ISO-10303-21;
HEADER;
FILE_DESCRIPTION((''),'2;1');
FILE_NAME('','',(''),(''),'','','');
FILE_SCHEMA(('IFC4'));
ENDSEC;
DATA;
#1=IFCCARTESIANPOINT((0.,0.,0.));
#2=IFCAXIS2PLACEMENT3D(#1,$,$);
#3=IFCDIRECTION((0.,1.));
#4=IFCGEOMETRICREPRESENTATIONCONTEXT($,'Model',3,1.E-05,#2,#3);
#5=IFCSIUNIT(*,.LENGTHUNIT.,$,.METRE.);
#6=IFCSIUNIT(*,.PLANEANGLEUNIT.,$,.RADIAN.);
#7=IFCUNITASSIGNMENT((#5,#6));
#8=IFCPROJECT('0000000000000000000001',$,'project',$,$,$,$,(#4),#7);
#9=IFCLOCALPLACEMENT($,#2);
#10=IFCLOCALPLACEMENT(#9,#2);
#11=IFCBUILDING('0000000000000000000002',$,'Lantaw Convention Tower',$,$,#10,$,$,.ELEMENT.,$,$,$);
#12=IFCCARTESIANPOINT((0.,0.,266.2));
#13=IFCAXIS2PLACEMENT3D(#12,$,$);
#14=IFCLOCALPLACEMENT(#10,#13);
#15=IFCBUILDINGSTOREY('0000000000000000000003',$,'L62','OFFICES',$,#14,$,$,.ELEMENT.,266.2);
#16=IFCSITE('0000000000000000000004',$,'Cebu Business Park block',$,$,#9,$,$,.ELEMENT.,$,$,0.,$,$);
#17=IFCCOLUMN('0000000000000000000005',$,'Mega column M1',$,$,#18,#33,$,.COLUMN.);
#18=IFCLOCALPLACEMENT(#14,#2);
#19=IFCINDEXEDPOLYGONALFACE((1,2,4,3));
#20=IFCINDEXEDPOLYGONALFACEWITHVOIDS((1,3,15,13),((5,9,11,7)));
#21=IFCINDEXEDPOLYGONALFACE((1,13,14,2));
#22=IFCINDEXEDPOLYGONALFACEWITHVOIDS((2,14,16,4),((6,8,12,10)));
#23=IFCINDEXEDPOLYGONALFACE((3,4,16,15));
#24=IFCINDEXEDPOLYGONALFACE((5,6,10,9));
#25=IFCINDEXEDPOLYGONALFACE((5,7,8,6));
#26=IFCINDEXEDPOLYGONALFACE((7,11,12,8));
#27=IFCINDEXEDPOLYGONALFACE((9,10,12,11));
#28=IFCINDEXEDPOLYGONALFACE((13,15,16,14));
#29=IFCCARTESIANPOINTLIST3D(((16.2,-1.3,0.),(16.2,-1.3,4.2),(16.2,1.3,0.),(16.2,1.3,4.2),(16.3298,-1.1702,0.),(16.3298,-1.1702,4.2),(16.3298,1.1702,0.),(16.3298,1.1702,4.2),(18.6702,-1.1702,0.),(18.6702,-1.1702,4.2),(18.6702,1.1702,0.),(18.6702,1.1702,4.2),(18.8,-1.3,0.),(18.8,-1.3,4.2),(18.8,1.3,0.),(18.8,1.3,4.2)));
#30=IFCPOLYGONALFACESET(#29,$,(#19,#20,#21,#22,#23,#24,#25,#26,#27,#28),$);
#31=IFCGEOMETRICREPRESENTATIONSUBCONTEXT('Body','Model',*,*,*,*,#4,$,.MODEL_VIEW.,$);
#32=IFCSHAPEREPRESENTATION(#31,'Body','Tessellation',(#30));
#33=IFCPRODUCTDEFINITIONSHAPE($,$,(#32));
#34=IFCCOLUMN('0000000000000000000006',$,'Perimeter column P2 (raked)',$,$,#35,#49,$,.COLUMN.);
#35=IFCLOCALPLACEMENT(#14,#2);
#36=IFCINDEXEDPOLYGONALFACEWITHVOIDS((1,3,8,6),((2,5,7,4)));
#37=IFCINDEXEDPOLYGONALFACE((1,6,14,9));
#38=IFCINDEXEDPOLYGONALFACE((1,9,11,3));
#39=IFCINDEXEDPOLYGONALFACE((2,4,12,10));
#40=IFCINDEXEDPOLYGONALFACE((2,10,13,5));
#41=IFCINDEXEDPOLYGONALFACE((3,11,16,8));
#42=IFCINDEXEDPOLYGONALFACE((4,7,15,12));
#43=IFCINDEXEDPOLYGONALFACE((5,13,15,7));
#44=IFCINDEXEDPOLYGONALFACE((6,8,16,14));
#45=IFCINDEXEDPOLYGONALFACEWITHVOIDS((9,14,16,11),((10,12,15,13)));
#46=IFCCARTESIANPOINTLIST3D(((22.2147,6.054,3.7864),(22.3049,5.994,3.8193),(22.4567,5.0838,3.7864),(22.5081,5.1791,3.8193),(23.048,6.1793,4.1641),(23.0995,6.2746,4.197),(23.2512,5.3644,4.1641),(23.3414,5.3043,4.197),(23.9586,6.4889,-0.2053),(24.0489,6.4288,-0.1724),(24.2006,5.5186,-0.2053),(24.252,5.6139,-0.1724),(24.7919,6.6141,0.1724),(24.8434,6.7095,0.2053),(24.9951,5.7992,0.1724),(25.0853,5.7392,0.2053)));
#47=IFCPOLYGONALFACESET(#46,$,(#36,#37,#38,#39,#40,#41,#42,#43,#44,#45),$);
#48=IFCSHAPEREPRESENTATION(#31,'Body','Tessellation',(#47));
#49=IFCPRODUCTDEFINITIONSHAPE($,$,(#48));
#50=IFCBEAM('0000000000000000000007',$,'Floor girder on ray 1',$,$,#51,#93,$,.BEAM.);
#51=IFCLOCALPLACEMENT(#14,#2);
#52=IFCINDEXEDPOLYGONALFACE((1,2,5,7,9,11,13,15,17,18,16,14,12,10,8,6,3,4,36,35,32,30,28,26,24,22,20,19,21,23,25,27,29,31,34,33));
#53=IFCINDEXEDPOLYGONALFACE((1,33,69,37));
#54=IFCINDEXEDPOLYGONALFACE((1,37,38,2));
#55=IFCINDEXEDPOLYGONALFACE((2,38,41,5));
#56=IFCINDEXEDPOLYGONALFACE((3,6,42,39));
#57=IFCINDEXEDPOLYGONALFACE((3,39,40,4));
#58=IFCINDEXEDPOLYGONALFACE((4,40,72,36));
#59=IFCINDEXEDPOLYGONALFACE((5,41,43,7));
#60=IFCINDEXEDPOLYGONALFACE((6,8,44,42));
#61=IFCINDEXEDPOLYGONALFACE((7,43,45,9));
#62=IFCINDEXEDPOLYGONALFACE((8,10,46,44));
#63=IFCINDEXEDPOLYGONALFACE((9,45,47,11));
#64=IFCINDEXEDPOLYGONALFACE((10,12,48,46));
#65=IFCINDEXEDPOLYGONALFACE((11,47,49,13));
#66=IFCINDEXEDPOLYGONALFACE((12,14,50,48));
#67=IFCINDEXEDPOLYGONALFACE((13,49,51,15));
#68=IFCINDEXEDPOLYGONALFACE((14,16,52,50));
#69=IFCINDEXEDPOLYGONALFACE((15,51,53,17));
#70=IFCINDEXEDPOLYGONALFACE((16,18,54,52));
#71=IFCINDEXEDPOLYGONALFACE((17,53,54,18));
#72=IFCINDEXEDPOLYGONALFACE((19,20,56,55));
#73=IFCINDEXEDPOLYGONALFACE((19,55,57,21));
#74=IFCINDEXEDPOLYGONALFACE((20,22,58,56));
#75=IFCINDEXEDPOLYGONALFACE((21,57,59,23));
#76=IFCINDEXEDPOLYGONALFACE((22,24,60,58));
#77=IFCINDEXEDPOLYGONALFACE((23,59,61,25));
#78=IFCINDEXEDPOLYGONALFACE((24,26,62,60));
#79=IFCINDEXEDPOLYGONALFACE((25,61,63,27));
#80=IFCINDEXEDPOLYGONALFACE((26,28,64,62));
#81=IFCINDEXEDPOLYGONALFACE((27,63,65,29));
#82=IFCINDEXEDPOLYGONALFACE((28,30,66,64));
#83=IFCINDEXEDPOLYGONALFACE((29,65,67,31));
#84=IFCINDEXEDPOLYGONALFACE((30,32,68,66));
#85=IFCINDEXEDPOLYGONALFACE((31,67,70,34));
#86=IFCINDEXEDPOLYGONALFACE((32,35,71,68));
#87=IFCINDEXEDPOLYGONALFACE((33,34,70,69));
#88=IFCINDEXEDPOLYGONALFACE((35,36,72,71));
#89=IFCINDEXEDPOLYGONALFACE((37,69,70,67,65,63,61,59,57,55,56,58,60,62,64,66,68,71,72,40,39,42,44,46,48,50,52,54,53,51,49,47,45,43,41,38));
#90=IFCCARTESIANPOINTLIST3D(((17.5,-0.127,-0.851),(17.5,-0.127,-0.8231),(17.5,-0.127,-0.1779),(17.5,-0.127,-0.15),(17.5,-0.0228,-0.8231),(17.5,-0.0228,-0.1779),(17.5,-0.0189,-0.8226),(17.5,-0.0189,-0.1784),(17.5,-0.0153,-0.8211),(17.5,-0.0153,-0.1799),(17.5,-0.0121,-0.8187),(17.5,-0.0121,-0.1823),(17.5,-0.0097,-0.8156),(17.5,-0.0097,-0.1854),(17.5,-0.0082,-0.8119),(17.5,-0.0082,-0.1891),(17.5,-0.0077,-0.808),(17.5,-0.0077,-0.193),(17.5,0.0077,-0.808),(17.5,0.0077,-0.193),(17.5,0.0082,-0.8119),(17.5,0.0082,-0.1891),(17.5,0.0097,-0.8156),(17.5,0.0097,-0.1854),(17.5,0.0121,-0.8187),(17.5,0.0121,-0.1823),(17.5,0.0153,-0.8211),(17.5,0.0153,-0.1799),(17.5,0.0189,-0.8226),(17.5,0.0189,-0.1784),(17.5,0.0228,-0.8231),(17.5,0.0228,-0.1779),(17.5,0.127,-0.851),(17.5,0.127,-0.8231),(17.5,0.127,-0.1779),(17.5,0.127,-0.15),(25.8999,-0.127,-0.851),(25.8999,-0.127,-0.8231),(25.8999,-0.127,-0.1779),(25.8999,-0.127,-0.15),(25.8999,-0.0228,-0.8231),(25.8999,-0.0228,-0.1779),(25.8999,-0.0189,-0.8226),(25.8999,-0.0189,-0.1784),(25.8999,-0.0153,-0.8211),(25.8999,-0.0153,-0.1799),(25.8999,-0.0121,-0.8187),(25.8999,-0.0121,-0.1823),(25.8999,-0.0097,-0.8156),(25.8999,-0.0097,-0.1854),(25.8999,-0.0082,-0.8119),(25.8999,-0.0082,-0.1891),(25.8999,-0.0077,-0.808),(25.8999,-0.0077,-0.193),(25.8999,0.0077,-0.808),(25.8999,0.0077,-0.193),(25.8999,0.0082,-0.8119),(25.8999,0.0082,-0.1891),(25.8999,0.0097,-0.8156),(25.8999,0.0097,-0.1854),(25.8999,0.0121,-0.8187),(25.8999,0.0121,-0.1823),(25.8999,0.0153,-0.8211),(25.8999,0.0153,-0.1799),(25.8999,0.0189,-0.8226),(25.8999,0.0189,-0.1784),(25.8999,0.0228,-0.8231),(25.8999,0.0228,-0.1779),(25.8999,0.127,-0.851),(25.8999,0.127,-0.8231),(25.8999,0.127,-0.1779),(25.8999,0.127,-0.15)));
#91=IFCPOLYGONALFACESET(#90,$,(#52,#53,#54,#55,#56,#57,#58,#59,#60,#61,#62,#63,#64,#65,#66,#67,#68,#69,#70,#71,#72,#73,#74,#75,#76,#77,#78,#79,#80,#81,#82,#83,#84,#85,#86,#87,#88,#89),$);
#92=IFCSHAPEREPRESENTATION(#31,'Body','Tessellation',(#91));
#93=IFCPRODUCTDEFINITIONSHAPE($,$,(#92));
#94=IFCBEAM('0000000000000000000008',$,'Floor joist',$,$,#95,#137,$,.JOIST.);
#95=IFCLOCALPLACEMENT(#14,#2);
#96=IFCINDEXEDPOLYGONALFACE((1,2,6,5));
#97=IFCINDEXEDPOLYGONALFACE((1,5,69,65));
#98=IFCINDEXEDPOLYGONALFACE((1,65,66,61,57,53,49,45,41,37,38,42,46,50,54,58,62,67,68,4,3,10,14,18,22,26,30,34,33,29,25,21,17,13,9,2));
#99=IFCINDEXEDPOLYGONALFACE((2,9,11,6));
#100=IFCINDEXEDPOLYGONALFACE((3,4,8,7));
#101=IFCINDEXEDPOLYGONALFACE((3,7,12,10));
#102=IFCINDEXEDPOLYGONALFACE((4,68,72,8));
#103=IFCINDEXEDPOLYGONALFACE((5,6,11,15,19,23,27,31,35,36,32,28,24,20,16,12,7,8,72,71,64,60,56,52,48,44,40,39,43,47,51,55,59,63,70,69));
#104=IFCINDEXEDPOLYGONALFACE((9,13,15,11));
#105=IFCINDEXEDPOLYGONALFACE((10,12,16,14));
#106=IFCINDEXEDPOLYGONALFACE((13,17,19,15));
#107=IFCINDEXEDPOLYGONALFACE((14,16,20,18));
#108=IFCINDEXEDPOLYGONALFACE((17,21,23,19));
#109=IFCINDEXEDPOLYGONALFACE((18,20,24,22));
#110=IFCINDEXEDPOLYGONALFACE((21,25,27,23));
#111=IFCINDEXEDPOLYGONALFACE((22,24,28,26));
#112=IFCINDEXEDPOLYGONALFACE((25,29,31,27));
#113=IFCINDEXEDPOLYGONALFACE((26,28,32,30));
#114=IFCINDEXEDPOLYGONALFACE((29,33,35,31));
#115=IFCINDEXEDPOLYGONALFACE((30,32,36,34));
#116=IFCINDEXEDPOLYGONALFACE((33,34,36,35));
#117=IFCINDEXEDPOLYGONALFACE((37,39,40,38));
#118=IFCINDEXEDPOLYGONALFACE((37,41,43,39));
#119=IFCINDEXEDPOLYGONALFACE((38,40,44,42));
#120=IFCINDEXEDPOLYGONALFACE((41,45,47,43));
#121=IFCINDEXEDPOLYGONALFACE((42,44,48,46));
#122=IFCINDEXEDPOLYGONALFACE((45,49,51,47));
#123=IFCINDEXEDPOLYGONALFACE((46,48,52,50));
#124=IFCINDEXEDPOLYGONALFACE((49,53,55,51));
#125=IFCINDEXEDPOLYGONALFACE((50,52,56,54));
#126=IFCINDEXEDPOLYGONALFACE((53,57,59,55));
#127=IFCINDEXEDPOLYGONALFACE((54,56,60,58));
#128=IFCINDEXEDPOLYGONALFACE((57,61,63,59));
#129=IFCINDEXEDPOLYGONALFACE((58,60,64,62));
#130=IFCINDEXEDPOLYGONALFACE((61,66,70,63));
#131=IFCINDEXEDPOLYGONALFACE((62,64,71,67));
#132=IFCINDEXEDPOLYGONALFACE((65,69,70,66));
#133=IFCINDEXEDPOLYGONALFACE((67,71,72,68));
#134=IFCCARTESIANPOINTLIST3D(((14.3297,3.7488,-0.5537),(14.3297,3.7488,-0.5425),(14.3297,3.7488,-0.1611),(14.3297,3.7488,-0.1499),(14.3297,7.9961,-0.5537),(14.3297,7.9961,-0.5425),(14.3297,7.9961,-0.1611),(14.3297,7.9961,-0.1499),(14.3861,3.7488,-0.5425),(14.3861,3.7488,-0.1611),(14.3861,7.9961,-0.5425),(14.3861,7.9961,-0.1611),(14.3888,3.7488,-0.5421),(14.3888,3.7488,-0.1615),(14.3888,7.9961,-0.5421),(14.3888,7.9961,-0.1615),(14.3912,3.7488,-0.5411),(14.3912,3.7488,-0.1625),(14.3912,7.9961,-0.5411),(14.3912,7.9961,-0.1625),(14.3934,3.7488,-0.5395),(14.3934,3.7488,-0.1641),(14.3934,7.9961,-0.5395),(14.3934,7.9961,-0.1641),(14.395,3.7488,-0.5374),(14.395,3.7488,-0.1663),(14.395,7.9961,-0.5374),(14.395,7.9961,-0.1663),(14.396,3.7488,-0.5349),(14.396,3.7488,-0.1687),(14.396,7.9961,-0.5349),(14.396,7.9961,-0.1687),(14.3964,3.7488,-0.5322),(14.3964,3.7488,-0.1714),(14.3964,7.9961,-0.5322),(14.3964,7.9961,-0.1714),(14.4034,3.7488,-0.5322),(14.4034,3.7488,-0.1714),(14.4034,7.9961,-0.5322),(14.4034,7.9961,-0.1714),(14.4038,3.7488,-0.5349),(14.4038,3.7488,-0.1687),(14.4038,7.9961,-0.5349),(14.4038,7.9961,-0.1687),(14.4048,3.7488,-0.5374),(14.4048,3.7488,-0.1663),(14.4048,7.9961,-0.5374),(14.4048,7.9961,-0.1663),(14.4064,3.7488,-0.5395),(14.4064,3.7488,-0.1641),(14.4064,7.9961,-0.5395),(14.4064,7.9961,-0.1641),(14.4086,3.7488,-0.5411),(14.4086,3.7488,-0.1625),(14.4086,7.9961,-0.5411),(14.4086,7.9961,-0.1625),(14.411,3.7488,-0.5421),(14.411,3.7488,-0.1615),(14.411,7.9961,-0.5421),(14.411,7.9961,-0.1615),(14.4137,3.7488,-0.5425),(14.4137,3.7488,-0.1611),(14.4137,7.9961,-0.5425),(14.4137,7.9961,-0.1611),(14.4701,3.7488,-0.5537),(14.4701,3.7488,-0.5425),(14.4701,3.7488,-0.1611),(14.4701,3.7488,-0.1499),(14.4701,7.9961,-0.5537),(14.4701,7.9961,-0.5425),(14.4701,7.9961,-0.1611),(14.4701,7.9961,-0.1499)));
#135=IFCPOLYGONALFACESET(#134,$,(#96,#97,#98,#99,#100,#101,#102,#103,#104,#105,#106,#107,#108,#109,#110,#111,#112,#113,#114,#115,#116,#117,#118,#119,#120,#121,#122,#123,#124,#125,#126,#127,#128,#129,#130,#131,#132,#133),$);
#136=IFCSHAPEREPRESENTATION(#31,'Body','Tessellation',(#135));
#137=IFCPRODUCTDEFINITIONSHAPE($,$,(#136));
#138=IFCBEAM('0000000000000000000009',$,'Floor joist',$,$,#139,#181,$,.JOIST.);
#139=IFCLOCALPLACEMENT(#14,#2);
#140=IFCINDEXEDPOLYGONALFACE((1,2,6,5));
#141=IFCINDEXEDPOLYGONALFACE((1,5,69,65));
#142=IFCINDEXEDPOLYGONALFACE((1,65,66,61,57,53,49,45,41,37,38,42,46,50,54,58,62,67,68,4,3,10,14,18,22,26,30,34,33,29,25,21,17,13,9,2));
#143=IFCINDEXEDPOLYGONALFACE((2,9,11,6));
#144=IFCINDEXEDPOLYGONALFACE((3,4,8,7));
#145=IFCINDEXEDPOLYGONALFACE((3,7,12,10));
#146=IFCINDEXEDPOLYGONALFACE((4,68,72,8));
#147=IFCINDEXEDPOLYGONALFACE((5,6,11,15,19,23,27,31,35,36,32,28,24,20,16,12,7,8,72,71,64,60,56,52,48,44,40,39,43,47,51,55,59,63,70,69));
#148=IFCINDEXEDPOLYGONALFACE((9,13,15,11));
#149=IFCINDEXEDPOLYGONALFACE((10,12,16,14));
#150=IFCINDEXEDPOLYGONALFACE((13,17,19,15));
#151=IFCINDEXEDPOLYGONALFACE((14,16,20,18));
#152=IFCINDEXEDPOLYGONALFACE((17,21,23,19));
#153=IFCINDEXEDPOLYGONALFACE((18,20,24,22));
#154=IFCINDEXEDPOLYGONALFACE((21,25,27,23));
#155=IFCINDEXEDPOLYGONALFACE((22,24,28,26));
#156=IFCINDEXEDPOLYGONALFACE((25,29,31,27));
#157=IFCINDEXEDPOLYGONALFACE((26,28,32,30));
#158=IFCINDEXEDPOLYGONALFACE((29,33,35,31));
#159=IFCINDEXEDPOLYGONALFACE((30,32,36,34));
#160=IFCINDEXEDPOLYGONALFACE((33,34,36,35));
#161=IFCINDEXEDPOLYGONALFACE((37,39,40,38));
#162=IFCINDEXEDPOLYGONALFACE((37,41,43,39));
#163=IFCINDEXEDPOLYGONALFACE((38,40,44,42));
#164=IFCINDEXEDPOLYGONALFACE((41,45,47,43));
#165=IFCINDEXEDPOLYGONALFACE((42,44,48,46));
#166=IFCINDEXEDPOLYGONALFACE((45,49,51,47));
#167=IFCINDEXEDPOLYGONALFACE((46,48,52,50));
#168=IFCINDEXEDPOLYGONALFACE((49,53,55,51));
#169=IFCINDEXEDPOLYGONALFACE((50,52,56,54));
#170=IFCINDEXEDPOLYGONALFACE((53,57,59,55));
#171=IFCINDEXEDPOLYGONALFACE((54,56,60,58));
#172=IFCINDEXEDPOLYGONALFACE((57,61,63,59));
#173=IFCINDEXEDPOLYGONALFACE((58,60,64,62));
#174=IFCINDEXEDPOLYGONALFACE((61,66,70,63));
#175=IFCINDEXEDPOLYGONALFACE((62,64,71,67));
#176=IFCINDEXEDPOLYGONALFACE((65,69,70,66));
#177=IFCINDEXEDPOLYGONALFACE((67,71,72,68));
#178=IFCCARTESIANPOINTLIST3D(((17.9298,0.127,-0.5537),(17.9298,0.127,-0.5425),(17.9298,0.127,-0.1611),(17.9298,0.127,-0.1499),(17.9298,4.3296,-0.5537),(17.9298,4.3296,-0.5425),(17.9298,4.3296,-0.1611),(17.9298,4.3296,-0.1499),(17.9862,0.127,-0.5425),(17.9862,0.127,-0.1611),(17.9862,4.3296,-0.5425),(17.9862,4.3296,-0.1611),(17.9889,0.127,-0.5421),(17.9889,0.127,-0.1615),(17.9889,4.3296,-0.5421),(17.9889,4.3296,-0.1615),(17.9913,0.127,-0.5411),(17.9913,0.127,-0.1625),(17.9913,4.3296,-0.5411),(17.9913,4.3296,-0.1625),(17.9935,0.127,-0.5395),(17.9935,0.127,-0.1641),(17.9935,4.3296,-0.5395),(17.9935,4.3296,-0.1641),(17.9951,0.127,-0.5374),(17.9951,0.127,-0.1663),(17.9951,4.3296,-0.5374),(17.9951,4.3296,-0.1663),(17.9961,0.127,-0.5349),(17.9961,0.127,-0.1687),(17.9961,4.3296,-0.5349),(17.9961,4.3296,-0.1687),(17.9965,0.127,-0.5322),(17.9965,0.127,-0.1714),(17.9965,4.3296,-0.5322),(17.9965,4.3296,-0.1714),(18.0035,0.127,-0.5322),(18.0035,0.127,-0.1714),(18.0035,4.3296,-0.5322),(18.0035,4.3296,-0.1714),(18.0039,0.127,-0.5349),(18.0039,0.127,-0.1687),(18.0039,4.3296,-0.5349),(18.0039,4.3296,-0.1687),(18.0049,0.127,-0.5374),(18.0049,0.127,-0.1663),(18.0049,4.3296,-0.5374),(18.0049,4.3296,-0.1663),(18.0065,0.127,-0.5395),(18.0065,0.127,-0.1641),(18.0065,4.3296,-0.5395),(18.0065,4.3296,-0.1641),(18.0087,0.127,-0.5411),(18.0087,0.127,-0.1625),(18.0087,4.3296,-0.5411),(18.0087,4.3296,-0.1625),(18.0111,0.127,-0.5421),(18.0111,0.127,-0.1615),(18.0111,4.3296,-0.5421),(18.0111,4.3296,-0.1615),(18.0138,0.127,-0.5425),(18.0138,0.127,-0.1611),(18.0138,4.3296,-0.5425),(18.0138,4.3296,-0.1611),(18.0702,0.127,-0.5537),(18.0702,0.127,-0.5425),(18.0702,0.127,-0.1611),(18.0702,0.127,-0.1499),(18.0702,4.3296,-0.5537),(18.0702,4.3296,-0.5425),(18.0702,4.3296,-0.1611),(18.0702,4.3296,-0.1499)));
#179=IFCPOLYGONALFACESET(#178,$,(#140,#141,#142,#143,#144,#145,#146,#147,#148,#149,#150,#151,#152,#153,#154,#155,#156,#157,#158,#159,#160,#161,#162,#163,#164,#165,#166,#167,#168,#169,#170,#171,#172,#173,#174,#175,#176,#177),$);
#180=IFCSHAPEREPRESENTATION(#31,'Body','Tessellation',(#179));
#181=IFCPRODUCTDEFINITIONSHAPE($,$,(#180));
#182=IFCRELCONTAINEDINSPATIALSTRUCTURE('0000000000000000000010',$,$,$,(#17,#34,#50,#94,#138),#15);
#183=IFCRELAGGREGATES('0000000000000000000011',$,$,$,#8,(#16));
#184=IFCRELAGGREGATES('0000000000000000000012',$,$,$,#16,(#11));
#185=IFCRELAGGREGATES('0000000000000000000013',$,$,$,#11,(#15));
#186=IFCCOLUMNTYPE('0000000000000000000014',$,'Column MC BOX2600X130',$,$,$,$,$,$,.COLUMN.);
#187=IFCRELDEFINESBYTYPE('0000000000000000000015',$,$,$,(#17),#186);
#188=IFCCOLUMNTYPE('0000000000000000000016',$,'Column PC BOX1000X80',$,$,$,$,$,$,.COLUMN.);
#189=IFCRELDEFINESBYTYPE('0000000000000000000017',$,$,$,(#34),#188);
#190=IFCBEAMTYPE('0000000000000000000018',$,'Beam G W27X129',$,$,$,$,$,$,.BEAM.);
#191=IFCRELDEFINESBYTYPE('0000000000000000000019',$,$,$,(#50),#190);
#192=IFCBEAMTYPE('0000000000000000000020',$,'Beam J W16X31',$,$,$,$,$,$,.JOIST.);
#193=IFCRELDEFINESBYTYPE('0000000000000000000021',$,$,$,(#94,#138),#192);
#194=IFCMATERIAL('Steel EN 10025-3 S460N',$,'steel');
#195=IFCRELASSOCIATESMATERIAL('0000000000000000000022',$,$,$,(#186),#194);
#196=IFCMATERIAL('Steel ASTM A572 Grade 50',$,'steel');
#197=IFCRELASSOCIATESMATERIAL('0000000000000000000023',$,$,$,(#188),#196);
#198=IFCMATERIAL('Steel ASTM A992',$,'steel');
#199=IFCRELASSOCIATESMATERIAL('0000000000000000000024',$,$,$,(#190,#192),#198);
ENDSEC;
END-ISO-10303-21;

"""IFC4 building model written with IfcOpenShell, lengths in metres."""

from ifc_helpers import new_model, si_unit, direction, frame, origin, origin_2d, place, context, subcontext, project, spatial, rectangle, hollow_rectangle, i_section, extrude, material, material_profile, profile_set, type_object, element, save


model = new_model("IFC4")

# Units and contexts
model_context = context("Model", 3, precision=1e-05, world=origin(), true_north=direction((0.0, 1.0)))
body_context = subcontext(model_context, "Body", "Model", "MODEL_VIEW")
ifc_project = project(units=[si_unit("LENGTHUNIT", "METRE"), si_unit("PLANEANGLEUNIT", "RADIAN")], contexts=[model_context])

# Site, building, storey
site_placement = place(None, origin())
site = spatial("IfcSite", under=ifc_project, at=site_placement, Name="Cebu Business Park block", CompositionType="ELEMENT", RefElevation=0.0)
building_placement = place(site_placement, origin())
building = spatial("IfcBuilding", under=site, at=building_placement, Name="Lantaw Convention Tower", CompositionType="ELEMENT")
storey_placement = place(building_placement, frame((0.0, 0.0, 266.2)))
storey = spatial("IfcBuildingStorey", under=building, at=storey_placement, Name="L62", Description="OFFICES", CompositionType="ELEMENT", Elevation=266.2)

# Columns
ifc_material_1 = material(Name="Steel EN 10025-3 S460N", Category="steel")
ifc_material_profile_1 = material_profile(ifc_material_1, hollow_rectangle(XDim=2.6001, YDim=2.6001, WallThickness=0.1299, at=origin_2d()), Name="BOX2600X130")
ifc_material_2 = material(Name="Concrete C60/75", Category="concrete")
ifc_material_profile_2 = material_profile(ifc_material_2, rectangle(XDim=2.3401, YDim=2.3401, at=origin_2d()), Name="Concrete fill of BOX2600X130")
ifc_profile_set_1 = profile_set([ifc_material_profile_1, ifc_material_profile_2], Name="Steel EN 10025-3 S460N")
column_type_1 = type_object("IfcColumnType", Name="Column MC BOX2600X130", PredefinedType="COLUMN", material=ifc_profile_set_1)
column_1_placement = place(storey_placement, frame((17.5, 0.0, 0.0), z_axis=(0.0, 0.0, 1.0), x_axis=(1.0, 0.0, 0.0)))
element("IfcColumn", 1, at=column_1_placement, inside=storey, type_object=column_type_1, Name="Mega column M1", PredefinedType="COLUMN", context=body_context, shape_type="SweptSolid", body=[
    extrude(hollow_rectangle(XDim=2.6001, YDim=2.6001, WallThickness=0.1299, at=origin_2d()), origin(), (0.0, 0.0, 1.0), 4.2),
])
ifc_material_3 = material(Name="Steel ASTM A572 Grade 50", Category="steel")
ifc_material_profile_3 = material_profile(ifc_material_3, hollow_rectangle(XDim=1.0, YDim=1.0, WallThickness=0.0801, at=origin_2d()), Name="BOX1000X80")
ifc_material_profile_4 = material_profile(ifc_material_2, rectangle(XDim=0.8401, YDim=0.8401, at=origin_2d()), Name="Concrete fill of BOX1000X80")
ifc_profile_set_2 = profile_set([ifc_material_profile_3, ifc_material_profile_4], Name="Steel ASTM A572 Grade 50")
column_type_2 = type_object("IfcColumnType", Name="Column PC BOX1000X80", PredefinedType="COLUMN", material=ifc_profile_set_2)
column_2_placement = place(storey_placement, frame((24.522, 6.114, 0.0), z_axis=(-0.398363, -0.099326, 0.911834), x_axis=(0.241928, -0.970294, 0.0)))
element("IfcColumn", 2, at=column_2_placement, inside=storey, type_object=column_type_2, Name="Perimeter column P2 (raked)", PredefinedType="COLUMN", context=body_context, shape_type="SweptSolid", body=[
    extrude(hollow_rectangle(XDim=1.0, YDim=1.0, WallThickness=0.0801, at=origin_2d()), origin(), (0.0, 0.0, 1.0), 4.3777),
])

# Beams
ifc_material_4 = material(Name="Steel ASTM A992", Category="steel")
ifc_material_profile_5 = material_profile(ifc_material_4, i_section(OverallWidth=0.2539, OverallDepth=0.7009, WebThickness=0.0154, FlangeThickness=0.0278, FilletRadius=0.0151, at=origin_2d()), Name="W27X129")
ifc_profile_set_3 = profile_set([ifc_material_profile_5], Name="Steel ASTM A992")
beam_type_1 = type_object("IfcBeamType", Name="Beam G W27X129", PredefinedType="BEAM", material=ifc_profile_set_3)
beam_1_placement = place(storey_placement, frame((17.5, 0.0, -0.5005), z_axis=(1.0, 0.0, 0.0), x_axis=(0.0, 1.0, 0.0)))
element("IfcBeam", 3, at=beam_1_placement, inside=storey, type_object=beam_type_1, Name="Floor girder on ray 1", PredefinedType="BEAM", context=body_context, shape_type="SweptSolid", body=[
    extrude(i_section(OverallWidth=0.2539, OverallDepth=0.7009, WebThickness=0.0154, FlangeThickness=0.0278, FilletRadius=0.0151, at=origin_2d()), origin(), (0.0, 0.0, 1.0), 8.3999),
])
ifc_material_profile_6 = material_profile(ifc_material_4, i_section(OverallWidth=0.1404, OverallDepth=0.4038, WebThickness=0.0071, FlangeThickness=0.0112, FilletRadius=0.0103, at=origin_2d()), Name="W16X31")
ifc_profile_set_4 = profile_set([ifc_material_profile_6], Name="Steel ASTM A992")
beam_type_2 = type_object("IfcBeamType", Name="Beam J W16X31", PredefinedType="JOIST", material=ifc_profile_set_4)
beam_2_placement = place(storey_placement, frame((14.3999, 3.7488, -0.3518), z_axis=(0.0, 1.0, 0.0), x_axis=(-1.0, 0.0, 0.0)))
element("IfcBeam", 4, at=beam_2_placement, inside=storey, type_object=beam_type_2, Name="Floor joist", PredefinedType="JOIST", context=body_context, shape_type="SweptSolid", body=[
    extrude(i_section(OverallWidth=0.1404, OverallDepth=0.4038, WebThickness=0.0071, FlangeThickness=0.0112, FilletRadius=0.0103, at=origin_2d()), origin(), (0.0, 0.0, 1.0), 4.2473),
])
beam_3_placement = place(storey_placement, frame((18.0, 0.127, -0.3518), z_axis=(0.0, 1.0, 0.0), x_axis=(-1.0, 0.0, 0.0)))
element("IfcBeam", 5, at=beam_3_placement, inside=storey, type_object=beam_type_2, Name="Floor joist", PredefinedType="JOIST", context=body_context, shape_type="SweptSolid", body=[
    extrude(i_section(OverallWidth=0.1404, OverallDepth=0.4038, WebThickness=0.0071, FlangeThickness=0.0112, FilletRadius=0.0103, at=origin_2d()), origin(), (0.0, 0.0, 1.0), 4.2026),
])

save(model, "model.ifc")
